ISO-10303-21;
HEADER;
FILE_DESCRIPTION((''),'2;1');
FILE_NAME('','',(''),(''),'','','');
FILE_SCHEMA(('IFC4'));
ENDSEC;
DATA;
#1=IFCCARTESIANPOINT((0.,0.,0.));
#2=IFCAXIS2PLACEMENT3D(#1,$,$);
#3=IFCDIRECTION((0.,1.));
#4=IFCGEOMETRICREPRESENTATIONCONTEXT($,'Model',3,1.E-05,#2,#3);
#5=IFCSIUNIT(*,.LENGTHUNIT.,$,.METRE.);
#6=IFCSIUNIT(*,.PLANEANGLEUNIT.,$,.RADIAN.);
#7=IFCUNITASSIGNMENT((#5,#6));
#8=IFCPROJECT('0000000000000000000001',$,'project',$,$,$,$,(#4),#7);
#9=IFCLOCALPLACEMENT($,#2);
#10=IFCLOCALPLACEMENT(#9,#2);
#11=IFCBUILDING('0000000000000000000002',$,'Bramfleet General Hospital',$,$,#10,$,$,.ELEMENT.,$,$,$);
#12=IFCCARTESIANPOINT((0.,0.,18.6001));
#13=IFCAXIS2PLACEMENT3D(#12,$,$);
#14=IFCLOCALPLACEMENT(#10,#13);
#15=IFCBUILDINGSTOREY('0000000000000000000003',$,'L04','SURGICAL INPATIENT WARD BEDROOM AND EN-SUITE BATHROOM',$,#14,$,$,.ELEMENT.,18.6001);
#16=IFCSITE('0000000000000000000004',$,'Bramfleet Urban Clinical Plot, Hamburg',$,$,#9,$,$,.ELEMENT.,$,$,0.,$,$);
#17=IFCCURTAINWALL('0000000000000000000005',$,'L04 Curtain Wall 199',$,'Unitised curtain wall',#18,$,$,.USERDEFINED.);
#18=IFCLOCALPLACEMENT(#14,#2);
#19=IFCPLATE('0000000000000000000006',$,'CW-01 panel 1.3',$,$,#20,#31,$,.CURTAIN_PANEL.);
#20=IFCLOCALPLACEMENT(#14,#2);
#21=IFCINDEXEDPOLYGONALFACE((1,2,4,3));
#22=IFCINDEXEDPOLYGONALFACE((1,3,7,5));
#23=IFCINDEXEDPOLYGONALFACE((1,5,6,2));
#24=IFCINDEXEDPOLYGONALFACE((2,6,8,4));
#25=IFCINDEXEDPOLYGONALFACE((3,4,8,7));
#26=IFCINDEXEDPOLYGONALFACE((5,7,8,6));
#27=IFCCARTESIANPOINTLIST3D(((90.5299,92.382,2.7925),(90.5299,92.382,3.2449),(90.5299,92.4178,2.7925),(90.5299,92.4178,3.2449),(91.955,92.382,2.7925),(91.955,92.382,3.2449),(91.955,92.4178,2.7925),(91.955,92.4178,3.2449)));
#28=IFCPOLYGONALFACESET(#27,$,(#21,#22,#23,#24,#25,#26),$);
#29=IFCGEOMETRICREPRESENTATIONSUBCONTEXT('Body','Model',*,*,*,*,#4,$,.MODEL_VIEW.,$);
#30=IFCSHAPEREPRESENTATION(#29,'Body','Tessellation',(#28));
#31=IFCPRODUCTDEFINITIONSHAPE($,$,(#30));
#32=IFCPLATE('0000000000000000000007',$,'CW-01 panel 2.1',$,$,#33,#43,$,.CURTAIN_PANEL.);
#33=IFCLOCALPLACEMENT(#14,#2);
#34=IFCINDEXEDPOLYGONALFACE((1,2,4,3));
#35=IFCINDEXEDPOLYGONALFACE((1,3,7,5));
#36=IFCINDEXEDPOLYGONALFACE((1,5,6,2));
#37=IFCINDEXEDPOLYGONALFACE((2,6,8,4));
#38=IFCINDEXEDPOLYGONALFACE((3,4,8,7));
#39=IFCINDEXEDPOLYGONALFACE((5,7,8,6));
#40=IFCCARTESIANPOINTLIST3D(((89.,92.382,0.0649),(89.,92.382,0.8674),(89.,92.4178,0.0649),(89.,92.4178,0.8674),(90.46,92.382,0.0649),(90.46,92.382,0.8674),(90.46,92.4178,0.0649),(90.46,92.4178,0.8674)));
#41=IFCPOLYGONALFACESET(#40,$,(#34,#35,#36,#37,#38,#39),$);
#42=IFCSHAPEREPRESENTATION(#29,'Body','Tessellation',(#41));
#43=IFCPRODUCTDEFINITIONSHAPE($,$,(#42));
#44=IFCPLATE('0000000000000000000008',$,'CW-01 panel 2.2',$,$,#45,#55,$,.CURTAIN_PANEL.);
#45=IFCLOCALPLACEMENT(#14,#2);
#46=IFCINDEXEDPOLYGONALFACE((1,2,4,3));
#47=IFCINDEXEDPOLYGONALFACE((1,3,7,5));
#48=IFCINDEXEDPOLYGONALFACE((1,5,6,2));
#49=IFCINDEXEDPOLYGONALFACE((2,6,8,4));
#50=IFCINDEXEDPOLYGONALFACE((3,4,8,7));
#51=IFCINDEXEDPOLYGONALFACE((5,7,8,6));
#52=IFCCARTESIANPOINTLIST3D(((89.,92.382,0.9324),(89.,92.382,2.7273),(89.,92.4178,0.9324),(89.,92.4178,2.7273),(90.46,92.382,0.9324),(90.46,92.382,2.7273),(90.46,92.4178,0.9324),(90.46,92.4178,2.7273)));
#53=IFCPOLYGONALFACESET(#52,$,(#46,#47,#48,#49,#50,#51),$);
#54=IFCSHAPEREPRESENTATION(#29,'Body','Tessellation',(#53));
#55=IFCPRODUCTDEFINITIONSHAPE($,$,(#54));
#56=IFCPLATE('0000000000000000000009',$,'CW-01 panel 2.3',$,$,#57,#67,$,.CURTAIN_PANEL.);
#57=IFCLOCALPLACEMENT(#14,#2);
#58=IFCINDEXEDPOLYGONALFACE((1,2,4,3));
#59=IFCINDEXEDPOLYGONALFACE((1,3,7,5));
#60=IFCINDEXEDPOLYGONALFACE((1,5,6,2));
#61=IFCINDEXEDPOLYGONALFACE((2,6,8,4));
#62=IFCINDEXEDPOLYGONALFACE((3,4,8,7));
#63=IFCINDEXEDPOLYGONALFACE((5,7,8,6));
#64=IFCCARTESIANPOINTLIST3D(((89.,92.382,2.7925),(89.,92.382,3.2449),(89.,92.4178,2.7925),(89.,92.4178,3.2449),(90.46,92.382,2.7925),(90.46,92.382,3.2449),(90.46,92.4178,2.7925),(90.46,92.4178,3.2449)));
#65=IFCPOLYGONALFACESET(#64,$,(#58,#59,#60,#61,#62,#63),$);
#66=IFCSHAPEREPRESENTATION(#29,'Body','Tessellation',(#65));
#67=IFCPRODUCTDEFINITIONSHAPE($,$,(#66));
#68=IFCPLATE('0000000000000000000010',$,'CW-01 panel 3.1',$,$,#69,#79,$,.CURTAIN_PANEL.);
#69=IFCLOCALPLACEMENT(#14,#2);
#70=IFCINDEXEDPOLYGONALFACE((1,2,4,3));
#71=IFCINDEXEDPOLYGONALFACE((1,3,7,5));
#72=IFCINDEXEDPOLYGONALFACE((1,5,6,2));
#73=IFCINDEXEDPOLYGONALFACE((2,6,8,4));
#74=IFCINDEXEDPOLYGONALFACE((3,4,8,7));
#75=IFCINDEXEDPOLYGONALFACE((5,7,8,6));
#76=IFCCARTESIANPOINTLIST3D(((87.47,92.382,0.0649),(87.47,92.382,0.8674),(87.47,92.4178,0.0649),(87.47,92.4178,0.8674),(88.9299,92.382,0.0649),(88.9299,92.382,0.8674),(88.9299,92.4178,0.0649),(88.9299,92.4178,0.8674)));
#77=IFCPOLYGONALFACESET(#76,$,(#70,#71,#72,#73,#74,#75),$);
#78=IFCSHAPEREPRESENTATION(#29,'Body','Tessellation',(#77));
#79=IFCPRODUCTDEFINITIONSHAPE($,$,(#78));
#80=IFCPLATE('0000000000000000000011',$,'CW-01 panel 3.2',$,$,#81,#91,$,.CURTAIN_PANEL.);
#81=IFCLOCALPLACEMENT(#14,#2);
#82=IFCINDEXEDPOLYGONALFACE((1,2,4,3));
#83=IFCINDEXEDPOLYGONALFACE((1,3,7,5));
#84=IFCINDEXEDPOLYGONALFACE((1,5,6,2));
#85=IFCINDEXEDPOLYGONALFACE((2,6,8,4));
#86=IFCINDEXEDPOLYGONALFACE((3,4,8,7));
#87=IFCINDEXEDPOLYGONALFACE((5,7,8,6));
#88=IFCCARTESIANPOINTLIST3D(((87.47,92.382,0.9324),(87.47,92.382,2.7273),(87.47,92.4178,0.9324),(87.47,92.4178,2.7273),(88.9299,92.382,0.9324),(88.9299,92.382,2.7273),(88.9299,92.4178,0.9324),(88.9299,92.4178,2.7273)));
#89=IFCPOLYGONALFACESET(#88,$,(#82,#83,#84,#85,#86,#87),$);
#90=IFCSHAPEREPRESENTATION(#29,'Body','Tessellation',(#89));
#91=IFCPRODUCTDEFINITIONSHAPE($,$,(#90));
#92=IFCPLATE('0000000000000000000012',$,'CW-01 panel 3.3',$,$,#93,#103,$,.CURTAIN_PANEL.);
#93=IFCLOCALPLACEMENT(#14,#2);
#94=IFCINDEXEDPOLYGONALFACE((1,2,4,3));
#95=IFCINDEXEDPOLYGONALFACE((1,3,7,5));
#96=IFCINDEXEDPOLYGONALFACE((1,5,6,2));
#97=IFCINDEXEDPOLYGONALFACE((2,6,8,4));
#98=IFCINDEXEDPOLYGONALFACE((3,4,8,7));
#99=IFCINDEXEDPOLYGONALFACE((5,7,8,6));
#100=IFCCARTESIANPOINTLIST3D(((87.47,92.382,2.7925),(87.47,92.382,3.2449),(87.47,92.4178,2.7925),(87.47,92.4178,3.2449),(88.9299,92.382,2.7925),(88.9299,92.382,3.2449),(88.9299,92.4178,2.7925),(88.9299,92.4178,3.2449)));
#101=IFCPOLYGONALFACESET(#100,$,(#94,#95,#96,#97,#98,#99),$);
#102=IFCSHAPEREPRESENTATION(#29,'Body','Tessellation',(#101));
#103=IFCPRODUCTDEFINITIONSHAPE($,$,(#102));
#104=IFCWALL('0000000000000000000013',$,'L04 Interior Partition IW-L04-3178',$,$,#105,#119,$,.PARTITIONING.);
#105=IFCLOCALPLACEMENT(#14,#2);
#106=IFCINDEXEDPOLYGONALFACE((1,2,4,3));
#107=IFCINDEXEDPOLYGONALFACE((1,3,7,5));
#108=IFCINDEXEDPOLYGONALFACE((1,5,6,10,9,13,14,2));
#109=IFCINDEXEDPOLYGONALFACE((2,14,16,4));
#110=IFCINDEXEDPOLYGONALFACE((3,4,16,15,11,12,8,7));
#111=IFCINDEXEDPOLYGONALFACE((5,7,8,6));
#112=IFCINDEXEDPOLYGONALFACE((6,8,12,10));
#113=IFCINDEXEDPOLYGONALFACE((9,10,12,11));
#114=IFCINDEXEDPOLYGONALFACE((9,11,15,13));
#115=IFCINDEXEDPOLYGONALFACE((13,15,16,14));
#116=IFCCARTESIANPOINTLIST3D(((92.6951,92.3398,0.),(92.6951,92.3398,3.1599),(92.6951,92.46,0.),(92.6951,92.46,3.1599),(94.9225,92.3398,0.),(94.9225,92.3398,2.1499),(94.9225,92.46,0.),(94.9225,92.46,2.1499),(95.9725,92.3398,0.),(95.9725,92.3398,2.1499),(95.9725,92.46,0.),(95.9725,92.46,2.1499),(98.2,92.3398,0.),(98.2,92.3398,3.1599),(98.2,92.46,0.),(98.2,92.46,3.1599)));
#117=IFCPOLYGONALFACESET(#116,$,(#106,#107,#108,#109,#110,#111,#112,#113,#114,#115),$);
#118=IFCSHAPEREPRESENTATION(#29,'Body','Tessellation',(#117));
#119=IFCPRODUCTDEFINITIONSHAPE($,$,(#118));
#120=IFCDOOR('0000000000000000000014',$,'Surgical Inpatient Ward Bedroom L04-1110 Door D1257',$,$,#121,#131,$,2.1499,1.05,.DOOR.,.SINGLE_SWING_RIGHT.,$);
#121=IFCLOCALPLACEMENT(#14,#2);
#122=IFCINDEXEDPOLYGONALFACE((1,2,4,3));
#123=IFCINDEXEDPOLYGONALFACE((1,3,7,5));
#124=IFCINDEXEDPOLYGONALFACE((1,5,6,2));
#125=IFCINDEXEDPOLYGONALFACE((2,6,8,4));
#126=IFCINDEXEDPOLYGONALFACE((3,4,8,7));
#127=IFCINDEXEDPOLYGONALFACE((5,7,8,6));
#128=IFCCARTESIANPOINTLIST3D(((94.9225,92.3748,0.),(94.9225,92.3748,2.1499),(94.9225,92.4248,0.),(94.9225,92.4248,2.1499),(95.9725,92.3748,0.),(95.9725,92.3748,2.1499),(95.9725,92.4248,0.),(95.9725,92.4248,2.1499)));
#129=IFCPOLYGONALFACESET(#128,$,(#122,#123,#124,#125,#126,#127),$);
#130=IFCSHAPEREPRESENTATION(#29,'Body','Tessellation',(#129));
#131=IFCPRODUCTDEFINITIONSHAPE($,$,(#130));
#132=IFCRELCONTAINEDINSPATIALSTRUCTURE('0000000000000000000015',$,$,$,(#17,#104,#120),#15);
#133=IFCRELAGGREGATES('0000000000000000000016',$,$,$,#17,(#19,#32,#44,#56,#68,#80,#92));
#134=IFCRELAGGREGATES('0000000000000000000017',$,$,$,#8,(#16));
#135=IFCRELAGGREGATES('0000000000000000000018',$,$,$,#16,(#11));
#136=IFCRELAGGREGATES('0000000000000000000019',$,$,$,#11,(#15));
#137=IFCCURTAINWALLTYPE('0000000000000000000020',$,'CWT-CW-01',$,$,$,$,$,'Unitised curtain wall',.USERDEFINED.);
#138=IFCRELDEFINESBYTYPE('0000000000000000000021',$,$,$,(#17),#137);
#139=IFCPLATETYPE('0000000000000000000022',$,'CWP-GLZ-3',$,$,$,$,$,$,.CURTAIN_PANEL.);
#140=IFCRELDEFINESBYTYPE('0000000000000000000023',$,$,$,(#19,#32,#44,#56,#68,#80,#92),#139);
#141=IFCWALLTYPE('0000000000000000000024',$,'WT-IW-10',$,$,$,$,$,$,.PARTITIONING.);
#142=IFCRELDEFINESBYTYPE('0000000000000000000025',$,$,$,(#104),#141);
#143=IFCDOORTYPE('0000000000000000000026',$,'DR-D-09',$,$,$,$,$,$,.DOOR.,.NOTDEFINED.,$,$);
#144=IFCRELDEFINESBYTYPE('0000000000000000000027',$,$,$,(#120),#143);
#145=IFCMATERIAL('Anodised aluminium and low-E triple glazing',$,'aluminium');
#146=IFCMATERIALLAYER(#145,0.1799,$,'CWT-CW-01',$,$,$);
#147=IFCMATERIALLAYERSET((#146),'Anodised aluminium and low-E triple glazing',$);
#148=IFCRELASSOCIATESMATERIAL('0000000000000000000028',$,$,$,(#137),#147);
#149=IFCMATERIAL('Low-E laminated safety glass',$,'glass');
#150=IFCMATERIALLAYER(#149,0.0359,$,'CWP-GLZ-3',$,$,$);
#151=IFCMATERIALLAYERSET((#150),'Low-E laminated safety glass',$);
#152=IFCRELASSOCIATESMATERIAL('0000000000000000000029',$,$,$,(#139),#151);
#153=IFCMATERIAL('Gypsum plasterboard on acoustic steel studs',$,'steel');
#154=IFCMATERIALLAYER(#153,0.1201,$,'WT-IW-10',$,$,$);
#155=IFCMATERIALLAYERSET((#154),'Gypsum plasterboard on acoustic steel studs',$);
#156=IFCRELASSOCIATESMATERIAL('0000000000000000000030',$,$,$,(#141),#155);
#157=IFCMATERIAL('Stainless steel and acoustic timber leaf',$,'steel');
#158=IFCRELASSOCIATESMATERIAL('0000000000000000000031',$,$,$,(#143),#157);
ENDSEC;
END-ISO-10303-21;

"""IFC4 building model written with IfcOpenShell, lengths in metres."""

from ifc_helpers import new_model, si_unit, direction, frame, frame_2d, origin, origin_2d, place, context, subcontext, project, spatial, rectangle, extrude, material, layer, layer_set, type_object, element, fill, aggregate, save


model = new_model("IFC4")

# Units and contexts
model_context = context("Model", 3, precision=1e-05, world=origin(), true_north=direction((0.0, 1.0)))
body_context = subcontext(model_context, "Body", "Model", "MODEL_VIEW")
ifc_project = project(units=[si_unit("LENGTHUNIT", "METRE"), si_unit("PLANEANGLEUNIT", "RADIAN")], contexts=[model_context])

# Site, building, storey
site_placement = place(None, origin())
site = spatial("IfcSite", under=ifc_project, at=site_placement, Name="Bramfleet Urban Clinical Plot, Hamburg", CompositionType="ELEMENT", RefElevation=0.0)
building_placement = place(site_placement, origin())
building = spatial("IfcBuilding", under=site, at=building_placement, Name="Bramfleet General Hospital", CompositionType="ELEMENT")
storey_placement = place(building_placement, frame((0.0, 0.0, 18.6001)))
storey = spatial("IfcBuildingStorey", under=building, at=storey_placement, Name="L04", Description="SURGICAL INPATIENT WARD BEDROOM AND EN-SUITE BATHROOM", CompositionType="ELEMENT", Elevation=18.6001)

# Curtain wall, plates
ifc_material_1 = material(Name="Anodised aluminium and low-E triple glazing", Category="aluminium")
ifc_layer_1 = layer(ifc_material_1, 0.1799, Name="CWT-CW-01")
ifc_layer_set_1 = layer_set([ifc_layer_1], Name="Anodised aluminium and low-E triple glazing")
curtain_wall_type = type_object("IfcCurtainWallType", Name="CWT-CW-01", ElementType="Unitised curtain wall", PredefinedType="USERDEFINED", material=ifc_layer_set_1)
curtain_wall_placement = place(storey_placement, origin())
curtain_wall = element("IfcCurtainWall", 1, at=curtain_wall_placement, inside=storey, type_object=curtain_wall_type, Name="L04 Curtain Wall 199", ObjectType="Unitised curtain wall", PredefinedType="USERDEFINED")
ifc_material_2 = material(Name="Low-E laminated safety glass", Category="glass")
ifc_layer_2 = layer(ifc_material_2, 0.0359, Name="CWP-GLZ-3")
ifc_layer_set_2 = layer_set([ifc_layer_2], Name="Low-E laminated safety glass")
plate_type = type_object("IfcPlateType", Name="CWP-GLZ-3", PredefinedType="CURTAIN_PANEL", material=ifc_layer_set_2)
plate_1_placement = place(storey_placement, frame((91.2424, 92.3999, 2.7925), z_axis=(0.0, 0.0, 1.0), x_axis=(-1.0, 0.0, 0.0)))
plate_1 = element("IfcPlate", 2, at=plate_1_placement, type_object=plate_type, Name="CW-01 panel 1.3", PredefinedType="CURTAIN_PANEL", context=body_context, shape_type="SweptSolid", body=[
    extrude(rectangle(XDim=1.425, YDim=0.0359, at=origin_2d()), origin(), (0.0, 0.0, 1.0), 0.4524),
])
plate_2_placement = place(storey_placement, frame((89.73, 92.3999, 0.0649), z_axis=(0.0, 0.0, 1.0), x_axis=(-1.0, 0.0, 0.0)))
plate_2 = element("IfcPlate", 3, at=plate_2_placement, type_object=plate_type, Name="CW-01 panel 2.1", PredefinedType="CURTAIN_PANEL", context=body_context, shape_type="SweptSolid", body=[
    extrude(rectangle(XDim=1.46, YDim=0.0359, at=origin_2d()), origin(), (0.0, 0.0, 1.0), 0.8025),
])
plate_3_placement = place(storey_placement, frame((89.73, 92.3999, 0.9324), z_axis=(0.0, 0.0, 1.0), x_axis=(-1.0, 0.0, 0.0)))
plate_3 = element("IfcPlate", 4, at=plate_3_placement, type_object=plate_type, Name="CW-01 panel 2.2", PredefinedType="CURTAIN_PANEL", context=body_context, shape_type="SweptSolid", body=[
    extrude(rectangle(XDim=1.46, YDim=0.0359, at=origin_2d()), origin(), (0.0, 0.0, 1.0), 1.7949),
])
plate_4_placement = place(storey_placement, frame((89.73, 92.3999, 2.7925), z_axis=(0.0, 0.0, 1.0), x_axis=(-1.0, 0.0, 0.0)))
plate_4 = element("IfcPlate", 5, at=plate_4_placement, type_object=plate_type, Name="CW-01 panel 2.3", PredefinedType="CURTAIN_PANEL", context=body_context, shape_type="SweptSolid", body=[
    extrude(rectangle(XDim=1.46, YDim=0.0359, at=origin_2d()), origin(), (0.0, 0.0, 1.0), 0.4524),
])
plate_5_placement = place(storey_placement, frame((88.2, 92.3999, 0.0649), z_axis=(0.0, 0.0, 1.0), x_axis=(-1.0, 0.0, 0.0)))
plate_5 = element("IfcPlate", 6, at=plate_5_placement, type_object=plate_type, Name="CW-01 panel 3.1", PredefinedType="CURTAIN_PANEL", context=body_context, shape_type="SweptSolid", body=[
    extrude(rectangle(XDim=1.46, YDim=0.0359, at=origin_2d()), origin(), (0.0, 0.0, 1.0), 0.8025),
])
plate_6_placement = place(storey_placement, frame((88.2, 92.3999, 0.9324), z_axis=(0.0, 0.0, 1.0), x_axis=(-1.0, 0.0, 0.0)))
plate_6 = element("IfcPlate", 7, at=plate_6_placement, type_object=plate_type, Name="CW-01 panel 3.2", PredefinedType="CURTAIN_PANEL", context=body_context, shape_type="SweptSolid", body=[
    extrude(rectangle(XDim=1.46, YDim=0.0359, at=origin_2d()), origin(), (0.0, 0.0, 1.0), 1.7949),
])
plate_7_placement = place(storey_placement, frame((88.2, 92.3999, 2.7925), z_axis=(0.0, 0.0, 1.0), x_axis=(-1.0, 0.0, 0.0)))
plate_7 = element("IfcPlate", 8, at=plate_7_placement, type_object=plate_type, Name="CW-01 panel 3.3", PredefinedType="CURTAIN_PANEL", context=body_context, shape_type="SweptSolid", body=[
    extrude(rectangle(XDim=1.46, YDim=0.0359, at=origin_2d()), origin(), (0.0, 0.0, 1.0), 0.4524),
])
aggregate(curtain_wall, [plate_1, plate_2, plate_3, plate_4, plate_5, plate_6, plate_7])

# Wall, opening, door
ifc_material_3 = material(Name="Gypsum plasterboard on acoustic steel studs", Category="steel")
ifc_layer_3 = layer(ifc_material_3, 0.1201, Name="WT-IW-10")
ifc_layer_set_3 = layer_set([ifc_layer_3], Name="Gypsum plasterboard on acoustic steel studs")
wall_type = type_object("IfcWallType", Name="WT-IW-10", PredefinedType="PARTITIONING", material=ifc_layer_set_3)
wall_placement = place(storey_placement, frame((92.6951, 92.3999, 0.0), z_axis=(0.0, 0.0, 1.0), x_axis=(1.0, 0.0, 0.0)))
wall = element("IfcWall", 9, at=wall_placement, inside=storey, type_object=wall_type, Name="L04 Interior Partition IW-L04-3178", PredefinedType="PARTITIONING", context=body_context, shape_type="SweptSolid", body=[
    extrude(rectangle(XDim=5.5049, YDim=0.1201, at=frame_2d((2.7524, 0.0))), origin(), (0.0, 0.0, 1.0), 3.1599),
])
opening_placement = place(wall_placement, frame((2.2275, 0.0, 0.0)))
opening = element("IfcOpeningElement", 10, at=opening_placement, cuts=wall, PredefinedType="OPENING", context=body_context, shape_type="SweptSolid", body=[
    extrude(rectangle(XDim=1.05, YDim=2.1499, at=frame_2d((0.5249, 1.075))), frame((0.0, 0.0701, 0.0), z_axis=(0.0, -1.0, 0.0), x_axis=(1.0, 0.0, 0.0)), (0.0, 0.0, 1.0), 0.1401),
])
ifc_material_4 = material(Name="Stainless steel and acoustic timber leaf", Category="steel")
door_type = type_object("IfcDoorType", Name="DR-D-09", OperationType="NOTDEFINED", PredefinedType="DOOR", material=ifc_material_4)
door_placement = place(opening_placement, origin())
door = element("IfcDoor", 11, at=door_placement, inside=storey, type_object=door_type, Name="Surgical Inpatient Ward Bedroom L04-1110 Door D1257", OperationType="SINGLE_SWING_RIGHT", OverallHeight=2.1499, OverallWidth=1.05, PredefinedType="DOOR", context=body_context, shape_type="SweptSolid", body=[
    extrude(rectangle(XDim=1.05, YDim=2.1499, at=frame_2d((0.5249, 1.075))), frame((0.0, 0.0249, 0.0), z_axis=(0.0, -1.0, 0.0), x_axis=(1.0, 0.0, 0.0)), (0.0, 0.0, 1.0), 0.05),
])
fill(opening, door)

save(model, "model.ifc")
